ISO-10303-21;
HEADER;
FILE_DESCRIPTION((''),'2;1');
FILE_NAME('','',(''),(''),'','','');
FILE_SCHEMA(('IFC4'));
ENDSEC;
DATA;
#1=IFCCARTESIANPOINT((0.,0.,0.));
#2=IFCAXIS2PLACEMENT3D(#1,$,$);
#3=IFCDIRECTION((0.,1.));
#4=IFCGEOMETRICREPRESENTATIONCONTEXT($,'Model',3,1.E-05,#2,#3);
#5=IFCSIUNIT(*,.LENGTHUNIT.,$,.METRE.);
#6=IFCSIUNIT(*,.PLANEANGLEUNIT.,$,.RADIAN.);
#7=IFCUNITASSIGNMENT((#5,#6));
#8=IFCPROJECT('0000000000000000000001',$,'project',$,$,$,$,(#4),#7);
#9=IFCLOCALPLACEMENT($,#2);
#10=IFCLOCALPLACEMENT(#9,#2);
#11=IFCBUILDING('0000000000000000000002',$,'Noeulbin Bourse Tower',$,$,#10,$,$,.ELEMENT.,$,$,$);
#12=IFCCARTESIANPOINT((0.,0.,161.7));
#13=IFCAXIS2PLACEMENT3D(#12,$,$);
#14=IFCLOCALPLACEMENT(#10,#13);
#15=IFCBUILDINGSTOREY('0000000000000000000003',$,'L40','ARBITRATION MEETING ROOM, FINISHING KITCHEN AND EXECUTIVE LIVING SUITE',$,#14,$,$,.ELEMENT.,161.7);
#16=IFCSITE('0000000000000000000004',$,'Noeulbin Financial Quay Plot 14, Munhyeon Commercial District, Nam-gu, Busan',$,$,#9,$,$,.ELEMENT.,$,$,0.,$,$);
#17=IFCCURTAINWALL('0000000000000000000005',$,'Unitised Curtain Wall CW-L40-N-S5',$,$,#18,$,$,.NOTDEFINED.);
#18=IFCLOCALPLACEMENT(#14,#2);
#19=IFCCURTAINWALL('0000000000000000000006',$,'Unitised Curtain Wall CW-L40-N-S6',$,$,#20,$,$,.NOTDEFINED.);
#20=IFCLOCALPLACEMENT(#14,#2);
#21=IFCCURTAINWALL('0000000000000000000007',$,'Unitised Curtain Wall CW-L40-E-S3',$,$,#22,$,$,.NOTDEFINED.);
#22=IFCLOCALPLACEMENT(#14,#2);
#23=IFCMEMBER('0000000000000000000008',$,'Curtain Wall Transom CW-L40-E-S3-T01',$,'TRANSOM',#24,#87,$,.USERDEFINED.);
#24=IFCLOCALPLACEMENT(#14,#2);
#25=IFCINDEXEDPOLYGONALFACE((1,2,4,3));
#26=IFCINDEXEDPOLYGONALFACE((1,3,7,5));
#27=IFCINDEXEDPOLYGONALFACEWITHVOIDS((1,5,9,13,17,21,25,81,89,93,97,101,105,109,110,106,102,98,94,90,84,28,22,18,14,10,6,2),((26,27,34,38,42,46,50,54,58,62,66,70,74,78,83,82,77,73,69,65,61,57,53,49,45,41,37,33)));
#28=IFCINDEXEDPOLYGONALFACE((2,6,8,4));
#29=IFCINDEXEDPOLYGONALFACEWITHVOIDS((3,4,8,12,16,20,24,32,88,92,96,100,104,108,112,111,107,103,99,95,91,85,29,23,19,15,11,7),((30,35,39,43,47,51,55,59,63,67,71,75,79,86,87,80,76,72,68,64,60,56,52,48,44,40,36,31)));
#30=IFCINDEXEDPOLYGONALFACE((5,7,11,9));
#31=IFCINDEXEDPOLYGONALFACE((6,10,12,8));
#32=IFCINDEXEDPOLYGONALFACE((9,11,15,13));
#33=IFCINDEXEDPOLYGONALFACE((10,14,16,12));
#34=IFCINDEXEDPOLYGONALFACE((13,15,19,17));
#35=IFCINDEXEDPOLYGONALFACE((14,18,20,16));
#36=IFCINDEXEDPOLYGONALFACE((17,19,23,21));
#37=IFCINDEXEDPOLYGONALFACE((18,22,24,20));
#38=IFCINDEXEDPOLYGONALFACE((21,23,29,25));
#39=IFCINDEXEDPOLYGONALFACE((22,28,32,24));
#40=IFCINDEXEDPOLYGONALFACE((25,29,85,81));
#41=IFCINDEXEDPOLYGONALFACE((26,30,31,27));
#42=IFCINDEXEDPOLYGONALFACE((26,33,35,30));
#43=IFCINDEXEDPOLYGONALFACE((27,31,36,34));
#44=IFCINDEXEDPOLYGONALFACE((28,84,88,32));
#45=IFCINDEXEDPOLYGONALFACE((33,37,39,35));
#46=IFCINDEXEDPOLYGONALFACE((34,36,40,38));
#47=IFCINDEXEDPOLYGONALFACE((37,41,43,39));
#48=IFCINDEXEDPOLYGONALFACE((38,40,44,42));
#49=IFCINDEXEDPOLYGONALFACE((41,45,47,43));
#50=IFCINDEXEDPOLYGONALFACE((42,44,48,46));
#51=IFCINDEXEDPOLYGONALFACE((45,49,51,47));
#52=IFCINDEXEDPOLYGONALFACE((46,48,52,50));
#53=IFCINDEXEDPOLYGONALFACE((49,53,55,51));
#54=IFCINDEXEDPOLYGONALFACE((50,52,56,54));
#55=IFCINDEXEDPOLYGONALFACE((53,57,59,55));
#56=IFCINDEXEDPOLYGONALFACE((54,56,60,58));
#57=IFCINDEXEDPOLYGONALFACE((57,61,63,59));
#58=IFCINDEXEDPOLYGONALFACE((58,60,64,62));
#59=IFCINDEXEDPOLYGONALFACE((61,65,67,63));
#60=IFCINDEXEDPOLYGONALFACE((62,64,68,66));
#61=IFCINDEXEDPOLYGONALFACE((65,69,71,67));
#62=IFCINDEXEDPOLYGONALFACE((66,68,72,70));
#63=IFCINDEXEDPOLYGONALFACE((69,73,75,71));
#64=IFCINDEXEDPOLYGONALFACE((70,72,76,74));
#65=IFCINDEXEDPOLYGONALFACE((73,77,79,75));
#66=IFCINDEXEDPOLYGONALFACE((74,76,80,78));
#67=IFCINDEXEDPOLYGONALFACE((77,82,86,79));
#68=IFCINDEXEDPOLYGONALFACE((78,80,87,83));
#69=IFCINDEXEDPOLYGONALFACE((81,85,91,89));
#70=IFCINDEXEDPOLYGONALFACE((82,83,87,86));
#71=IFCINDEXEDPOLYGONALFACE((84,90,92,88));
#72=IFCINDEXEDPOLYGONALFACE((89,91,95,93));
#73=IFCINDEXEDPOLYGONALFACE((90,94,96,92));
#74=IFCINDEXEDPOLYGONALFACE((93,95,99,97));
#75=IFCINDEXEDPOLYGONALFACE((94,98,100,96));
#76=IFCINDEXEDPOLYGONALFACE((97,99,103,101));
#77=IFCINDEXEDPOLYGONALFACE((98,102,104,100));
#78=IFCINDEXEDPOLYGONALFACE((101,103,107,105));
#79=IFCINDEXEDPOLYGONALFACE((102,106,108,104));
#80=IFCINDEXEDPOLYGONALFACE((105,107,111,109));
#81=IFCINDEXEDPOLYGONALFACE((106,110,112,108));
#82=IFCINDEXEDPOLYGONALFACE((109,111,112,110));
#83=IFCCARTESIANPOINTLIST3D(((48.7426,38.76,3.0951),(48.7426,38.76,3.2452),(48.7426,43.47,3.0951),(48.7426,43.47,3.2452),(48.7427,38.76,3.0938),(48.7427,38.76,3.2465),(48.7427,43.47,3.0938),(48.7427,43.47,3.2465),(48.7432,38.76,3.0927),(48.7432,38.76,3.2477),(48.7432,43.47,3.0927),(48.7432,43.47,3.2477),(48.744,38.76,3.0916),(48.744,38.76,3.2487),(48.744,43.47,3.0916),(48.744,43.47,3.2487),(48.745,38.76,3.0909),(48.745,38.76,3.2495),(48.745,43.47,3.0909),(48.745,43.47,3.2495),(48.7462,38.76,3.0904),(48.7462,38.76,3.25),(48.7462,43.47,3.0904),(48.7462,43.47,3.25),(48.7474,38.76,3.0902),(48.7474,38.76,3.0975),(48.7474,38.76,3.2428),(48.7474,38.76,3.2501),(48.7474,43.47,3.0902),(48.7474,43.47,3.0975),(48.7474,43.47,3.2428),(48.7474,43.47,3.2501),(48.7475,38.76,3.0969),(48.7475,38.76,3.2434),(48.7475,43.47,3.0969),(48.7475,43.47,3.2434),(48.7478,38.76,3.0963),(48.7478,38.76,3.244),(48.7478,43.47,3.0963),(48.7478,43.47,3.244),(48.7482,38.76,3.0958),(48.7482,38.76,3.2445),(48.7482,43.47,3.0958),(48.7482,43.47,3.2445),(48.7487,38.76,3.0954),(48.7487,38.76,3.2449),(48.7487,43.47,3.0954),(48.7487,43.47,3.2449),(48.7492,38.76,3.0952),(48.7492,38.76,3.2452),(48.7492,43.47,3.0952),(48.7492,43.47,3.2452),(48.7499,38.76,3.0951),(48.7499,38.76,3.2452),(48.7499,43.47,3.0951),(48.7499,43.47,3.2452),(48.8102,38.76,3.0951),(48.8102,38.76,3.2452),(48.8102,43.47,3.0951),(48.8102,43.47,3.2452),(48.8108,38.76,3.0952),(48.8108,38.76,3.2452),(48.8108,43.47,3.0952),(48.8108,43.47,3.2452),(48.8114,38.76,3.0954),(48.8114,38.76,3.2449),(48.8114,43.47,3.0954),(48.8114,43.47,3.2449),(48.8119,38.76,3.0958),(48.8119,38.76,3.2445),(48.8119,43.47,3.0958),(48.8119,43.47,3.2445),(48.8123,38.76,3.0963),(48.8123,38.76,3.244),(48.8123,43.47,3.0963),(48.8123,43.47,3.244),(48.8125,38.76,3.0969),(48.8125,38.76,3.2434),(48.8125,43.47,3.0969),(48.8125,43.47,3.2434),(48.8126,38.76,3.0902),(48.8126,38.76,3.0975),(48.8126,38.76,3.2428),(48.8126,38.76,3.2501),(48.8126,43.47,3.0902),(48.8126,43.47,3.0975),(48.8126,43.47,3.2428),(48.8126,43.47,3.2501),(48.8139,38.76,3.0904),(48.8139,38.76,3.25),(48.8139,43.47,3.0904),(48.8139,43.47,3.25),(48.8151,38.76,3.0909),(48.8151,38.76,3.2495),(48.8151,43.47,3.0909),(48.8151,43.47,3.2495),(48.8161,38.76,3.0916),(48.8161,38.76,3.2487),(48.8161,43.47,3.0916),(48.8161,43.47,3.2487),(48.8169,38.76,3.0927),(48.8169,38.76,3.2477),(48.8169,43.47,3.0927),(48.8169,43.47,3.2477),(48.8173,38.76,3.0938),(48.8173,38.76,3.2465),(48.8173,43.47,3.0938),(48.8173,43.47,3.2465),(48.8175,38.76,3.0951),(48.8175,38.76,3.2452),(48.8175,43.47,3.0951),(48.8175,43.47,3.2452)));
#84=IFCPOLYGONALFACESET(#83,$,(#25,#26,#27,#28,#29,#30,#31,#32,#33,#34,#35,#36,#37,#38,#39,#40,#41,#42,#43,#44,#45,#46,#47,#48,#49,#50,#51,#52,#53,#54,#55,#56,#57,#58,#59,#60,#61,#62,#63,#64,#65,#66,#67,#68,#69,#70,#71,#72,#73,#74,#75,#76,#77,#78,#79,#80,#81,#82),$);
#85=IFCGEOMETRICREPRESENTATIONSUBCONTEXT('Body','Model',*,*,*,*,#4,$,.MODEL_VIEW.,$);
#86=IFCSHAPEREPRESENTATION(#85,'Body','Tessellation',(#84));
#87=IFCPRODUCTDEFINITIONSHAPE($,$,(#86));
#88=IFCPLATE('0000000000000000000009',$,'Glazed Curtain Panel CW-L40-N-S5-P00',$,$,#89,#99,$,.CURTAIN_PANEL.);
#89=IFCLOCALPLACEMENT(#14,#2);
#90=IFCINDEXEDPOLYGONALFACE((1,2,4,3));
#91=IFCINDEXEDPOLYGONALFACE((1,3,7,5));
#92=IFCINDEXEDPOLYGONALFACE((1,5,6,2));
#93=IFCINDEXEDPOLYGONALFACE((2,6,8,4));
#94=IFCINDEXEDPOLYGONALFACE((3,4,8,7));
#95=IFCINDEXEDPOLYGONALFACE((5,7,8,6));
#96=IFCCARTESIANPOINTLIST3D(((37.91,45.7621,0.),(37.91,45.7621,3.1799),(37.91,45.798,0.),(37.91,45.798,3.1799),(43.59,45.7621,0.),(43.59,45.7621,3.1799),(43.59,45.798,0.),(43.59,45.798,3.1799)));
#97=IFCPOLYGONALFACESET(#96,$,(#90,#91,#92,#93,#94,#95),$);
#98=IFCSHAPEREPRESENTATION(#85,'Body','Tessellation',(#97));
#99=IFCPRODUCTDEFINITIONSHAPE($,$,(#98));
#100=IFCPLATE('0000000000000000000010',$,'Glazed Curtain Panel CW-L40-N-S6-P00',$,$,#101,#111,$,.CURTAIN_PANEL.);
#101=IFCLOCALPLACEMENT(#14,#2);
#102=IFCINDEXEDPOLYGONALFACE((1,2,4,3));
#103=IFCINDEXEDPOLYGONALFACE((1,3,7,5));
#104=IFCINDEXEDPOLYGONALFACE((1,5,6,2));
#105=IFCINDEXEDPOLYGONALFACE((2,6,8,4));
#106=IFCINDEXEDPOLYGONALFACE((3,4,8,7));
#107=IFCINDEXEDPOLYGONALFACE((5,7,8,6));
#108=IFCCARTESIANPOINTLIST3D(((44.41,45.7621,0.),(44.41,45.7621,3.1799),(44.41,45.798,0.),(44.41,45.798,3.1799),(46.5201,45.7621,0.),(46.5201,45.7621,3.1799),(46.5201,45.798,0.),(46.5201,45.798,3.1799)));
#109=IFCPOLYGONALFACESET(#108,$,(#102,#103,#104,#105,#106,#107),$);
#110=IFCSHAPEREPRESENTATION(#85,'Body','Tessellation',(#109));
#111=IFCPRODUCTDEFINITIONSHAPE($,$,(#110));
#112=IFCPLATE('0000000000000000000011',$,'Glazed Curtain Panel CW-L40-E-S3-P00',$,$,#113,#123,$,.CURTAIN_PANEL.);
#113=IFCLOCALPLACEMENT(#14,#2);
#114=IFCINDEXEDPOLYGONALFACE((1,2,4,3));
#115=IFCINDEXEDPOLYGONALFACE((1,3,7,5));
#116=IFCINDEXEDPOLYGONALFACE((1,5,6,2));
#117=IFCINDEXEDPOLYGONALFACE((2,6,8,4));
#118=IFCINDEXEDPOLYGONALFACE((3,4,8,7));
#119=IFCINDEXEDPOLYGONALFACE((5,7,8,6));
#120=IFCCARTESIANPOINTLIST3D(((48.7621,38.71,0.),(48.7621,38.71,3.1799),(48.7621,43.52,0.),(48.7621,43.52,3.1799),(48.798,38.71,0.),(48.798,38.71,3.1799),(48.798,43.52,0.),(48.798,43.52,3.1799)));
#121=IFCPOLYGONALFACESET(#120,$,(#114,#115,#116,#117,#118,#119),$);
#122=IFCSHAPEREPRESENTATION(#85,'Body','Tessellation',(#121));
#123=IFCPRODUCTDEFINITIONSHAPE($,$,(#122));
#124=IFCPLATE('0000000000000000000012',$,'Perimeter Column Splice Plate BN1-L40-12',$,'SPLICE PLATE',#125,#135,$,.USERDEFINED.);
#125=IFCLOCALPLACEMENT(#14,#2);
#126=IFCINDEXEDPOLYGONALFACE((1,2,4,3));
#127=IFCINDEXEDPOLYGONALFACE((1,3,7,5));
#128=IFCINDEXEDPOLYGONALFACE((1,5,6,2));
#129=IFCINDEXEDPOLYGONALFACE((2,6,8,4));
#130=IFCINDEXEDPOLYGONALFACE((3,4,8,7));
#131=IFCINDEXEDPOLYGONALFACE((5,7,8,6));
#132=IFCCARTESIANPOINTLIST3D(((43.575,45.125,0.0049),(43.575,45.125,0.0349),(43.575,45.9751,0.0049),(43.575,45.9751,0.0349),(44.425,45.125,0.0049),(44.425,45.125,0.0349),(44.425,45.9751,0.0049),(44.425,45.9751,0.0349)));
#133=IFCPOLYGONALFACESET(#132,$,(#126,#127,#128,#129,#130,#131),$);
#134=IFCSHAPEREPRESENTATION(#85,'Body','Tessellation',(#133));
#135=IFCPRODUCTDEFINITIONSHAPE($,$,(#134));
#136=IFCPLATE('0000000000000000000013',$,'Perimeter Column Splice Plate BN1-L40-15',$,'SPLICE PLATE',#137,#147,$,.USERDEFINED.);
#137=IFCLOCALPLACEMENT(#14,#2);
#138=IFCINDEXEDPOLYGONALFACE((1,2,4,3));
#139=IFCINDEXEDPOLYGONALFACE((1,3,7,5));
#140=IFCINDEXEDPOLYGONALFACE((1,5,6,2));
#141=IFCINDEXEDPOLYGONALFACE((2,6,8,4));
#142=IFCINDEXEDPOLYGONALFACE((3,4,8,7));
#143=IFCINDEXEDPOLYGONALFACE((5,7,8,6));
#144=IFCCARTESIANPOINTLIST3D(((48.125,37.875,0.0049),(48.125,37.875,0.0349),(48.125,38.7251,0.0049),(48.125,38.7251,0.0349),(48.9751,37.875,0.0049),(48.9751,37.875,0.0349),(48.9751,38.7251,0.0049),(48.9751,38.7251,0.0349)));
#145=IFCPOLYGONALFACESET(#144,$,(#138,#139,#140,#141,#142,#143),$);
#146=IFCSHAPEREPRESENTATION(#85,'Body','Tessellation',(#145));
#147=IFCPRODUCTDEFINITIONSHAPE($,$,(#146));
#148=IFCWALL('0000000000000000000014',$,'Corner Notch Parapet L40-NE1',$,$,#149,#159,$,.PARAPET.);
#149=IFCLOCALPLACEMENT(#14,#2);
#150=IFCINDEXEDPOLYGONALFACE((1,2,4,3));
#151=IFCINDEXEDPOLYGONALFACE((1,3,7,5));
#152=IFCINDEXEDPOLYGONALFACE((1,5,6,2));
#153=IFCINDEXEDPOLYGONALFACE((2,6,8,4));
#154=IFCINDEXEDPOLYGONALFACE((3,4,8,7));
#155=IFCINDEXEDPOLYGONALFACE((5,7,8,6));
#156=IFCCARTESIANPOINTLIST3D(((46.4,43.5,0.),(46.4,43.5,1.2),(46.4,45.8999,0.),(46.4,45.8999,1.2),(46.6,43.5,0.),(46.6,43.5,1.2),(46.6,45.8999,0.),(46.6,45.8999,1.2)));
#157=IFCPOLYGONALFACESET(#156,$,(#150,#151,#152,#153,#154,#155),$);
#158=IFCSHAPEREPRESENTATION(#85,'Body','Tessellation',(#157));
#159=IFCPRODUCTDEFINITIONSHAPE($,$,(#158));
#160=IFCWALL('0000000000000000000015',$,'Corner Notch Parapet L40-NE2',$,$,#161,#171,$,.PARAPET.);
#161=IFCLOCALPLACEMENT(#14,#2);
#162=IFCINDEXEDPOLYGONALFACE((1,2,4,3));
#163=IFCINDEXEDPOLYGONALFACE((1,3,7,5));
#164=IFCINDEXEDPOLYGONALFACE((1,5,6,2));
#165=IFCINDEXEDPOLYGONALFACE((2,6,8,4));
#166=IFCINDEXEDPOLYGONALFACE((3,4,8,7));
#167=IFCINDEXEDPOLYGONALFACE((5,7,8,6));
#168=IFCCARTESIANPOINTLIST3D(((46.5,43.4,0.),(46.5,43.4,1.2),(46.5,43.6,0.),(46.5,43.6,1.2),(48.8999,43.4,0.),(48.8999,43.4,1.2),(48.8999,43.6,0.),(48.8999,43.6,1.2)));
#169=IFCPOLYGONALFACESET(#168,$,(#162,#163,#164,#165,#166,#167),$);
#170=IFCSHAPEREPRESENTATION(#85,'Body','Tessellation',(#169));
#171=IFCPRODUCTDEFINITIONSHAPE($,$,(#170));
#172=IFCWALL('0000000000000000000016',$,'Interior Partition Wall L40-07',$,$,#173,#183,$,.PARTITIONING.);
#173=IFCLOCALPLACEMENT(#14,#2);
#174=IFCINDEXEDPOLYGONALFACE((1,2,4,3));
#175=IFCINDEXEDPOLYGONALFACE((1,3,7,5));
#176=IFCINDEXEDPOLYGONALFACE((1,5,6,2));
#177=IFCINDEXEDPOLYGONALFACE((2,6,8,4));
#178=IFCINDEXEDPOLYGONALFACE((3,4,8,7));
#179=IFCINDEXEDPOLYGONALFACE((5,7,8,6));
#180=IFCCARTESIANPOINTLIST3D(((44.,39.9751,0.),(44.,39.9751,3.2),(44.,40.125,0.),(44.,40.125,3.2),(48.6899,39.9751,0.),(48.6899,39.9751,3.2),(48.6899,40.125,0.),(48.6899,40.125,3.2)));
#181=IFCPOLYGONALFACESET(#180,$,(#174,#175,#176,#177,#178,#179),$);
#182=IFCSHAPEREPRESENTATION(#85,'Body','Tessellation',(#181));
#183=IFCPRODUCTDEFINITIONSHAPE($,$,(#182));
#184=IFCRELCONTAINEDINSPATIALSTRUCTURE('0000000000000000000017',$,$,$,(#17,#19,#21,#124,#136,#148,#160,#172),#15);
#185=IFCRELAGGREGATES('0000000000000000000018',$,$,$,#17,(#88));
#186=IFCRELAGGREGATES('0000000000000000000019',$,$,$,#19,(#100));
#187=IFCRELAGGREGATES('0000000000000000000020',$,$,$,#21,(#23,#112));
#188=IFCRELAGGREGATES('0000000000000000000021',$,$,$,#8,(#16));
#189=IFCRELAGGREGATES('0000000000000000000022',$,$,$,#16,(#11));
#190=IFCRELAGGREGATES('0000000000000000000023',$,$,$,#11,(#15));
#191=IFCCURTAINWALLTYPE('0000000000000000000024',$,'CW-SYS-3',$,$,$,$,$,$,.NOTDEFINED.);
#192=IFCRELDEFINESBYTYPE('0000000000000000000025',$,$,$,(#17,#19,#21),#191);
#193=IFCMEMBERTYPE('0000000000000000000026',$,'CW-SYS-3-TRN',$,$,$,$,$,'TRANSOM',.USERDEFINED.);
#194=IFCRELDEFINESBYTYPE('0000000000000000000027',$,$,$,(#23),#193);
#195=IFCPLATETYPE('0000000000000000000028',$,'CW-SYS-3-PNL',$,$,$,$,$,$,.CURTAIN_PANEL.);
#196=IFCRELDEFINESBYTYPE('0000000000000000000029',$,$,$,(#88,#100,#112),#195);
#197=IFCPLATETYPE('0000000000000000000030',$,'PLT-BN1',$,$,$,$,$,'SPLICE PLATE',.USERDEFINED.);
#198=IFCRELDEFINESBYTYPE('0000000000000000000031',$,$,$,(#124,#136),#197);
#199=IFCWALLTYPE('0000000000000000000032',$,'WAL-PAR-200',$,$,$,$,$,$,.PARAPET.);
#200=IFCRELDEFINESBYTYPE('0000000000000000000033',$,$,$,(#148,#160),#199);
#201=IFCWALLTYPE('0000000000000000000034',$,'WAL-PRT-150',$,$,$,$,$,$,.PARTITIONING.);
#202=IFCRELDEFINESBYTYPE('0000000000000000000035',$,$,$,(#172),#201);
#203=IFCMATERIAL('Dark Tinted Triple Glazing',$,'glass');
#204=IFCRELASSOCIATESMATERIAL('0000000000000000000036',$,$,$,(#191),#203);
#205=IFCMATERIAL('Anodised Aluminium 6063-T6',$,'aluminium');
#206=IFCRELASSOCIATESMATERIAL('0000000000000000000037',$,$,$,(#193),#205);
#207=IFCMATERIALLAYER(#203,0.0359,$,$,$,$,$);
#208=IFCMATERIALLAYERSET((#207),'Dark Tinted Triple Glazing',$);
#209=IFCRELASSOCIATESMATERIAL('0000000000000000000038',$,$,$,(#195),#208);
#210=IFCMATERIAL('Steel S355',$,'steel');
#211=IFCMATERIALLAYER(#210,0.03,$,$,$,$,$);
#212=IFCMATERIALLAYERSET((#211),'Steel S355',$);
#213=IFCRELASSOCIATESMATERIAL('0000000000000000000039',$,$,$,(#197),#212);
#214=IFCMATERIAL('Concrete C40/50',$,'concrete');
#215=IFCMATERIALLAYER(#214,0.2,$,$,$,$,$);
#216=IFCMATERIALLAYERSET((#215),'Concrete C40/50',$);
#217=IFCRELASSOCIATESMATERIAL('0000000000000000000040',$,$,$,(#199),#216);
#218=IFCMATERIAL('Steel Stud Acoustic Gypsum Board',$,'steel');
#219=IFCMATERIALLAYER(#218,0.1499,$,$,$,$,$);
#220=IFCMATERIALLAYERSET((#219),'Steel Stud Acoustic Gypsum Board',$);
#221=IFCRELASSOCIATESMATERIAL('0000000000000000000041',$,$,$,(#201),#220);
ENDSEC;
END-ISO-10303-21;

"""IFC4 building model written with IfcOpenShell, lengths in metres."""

from ifc_helpers import new_model, si_unit, direction, frame, frame_2d, origin, origin_2d, place, context, subcontext, project, spatial, rectangle, hollow_rectangle, extrude, material, layer, layer_set, material_profile, profile_set, type_object, element, aggregate, save


model = new_model("IFC4")

# Units and contexts
model_context = context("Model", 3, precision=1e-05, world=origin(), true_north=direction((0.0, 1.0)))
body_context = subcontext(model_context, "Body", "Model", "MODEL_VIEW")
ifc_project = project(units=[si_unit("LENGTHUNIT", "METRE"), si_unit("PLANEANGLEUNIT", "RADIAN")], contexts=[model_context])

# Site, building, storey
site_placement = place(None, origin())
site = spatial("IfcSite", under=ifc_project, at=site_placement, Name="Noeulbin Financial Quay Plot 14, Munhyeon Commercial District, Nam-gu, Busan", CompositionType="ELEMENT", RefElevation=0.0)
building_placement = place(site_placement, origin())
building = spatial("IfcBuilding", under=site, at=building_placement, Name="Noeulbin Bourse Tower", CompositionType="ELEMENT")
storey_placement = place(building_placement, frame((0.0, 0.0, 161.7)))
storey = spatial("IfcBuildingStorey", under=building, at=storey_placement, Name="L40", Description="ARBITRATION MEETING ROOM, FINISHING KITCHEN AND EXECUTIVE LIVING SUITE", CompositionType="ELEMENT", Elevation=161.7)

# Shared definitions
ifc_material_1 = material(Name="Steel S355", Category="steel")

# Curtain wall
ifc_material_2 = material(Name="Dark Tinted Triple Glazing", Category="glass")
curtain_wall_type = type_object("IfcCurtainWallType", Name="CW-SYS-3", PredefinedType="NOTDEFINED", material=ifc_material_2)
curtain_wall_1_placement = place(storey_placement, origin())
curtain_wall_1 = element("IfcCurtainWall", 1, at=curtain_wall_1_placement, inside=storey, type_object=curtain_wall_type, Name="Unitised Curtain Wall CW-L40-N-S5", PredefinedType="NOTDEFINED")
ifc_material_3 = material(Name="Anodised Aluminium 6063-T6", Category="aluminium")

# Curtain walls
curtain_wall_2_placement = place(storey_placement, origin())
curtain_wall_2 = element("IfcCurtainWall", 2, at=curtain_wall_2_placement, inside=storey, type_object=curtain_wall_type, Name="Unitised Curtain Wall CW-L40-N-S6", PredefinedType="NOTDEFINED")
curtain_wall_3_placement = place(storey_placement, origin())
curtain_wall_3 = element("IfcCurtainWall", 3, at=curtain_wall_3_placement, inside=storey, type_object=curtain_wall_type, Name="Unitised Curtain Wall CW-L40-E-S3", PredefinedType="NOTDEFINED")

# Member
ifc_material_profile_1 = material_profile(ifc_material_3, hollow_rectangle(XDim=0.075, YDim=0.1599, WallThickness=0.0049, InnerFilletRadius=0.0024, OuterFilletRadius=0.0049, at=origin_2d()), Name="ALU-TRAN-75x160x5", Category="LoadBearing")
ifc_profile_set_1 = profile_set([ifc_material_profile_1], Name="Anodised Aluminium 6063-T6")
member_type_1 = type_object("IfcMemberType", Name="CW-SYS-3-TRN", ElementType="TRANSOM", PredefinedType="USERDEFINED", material=ifc_profile_set_1)
member_1_placement = place(storey_placement, frame((48.78, 38.76, 3.1702), z_axis=(0.0, 1.0, 0.0), x_axis=(-1.0, 0.0, 0.0)))
member_1 = element("IfcMember", 4, at=member_1_placement, type_object=member_type_1, Name="Curtain Wall Transom CW-L40-E-S3-T01", ObjectType="TRANSOM", PredefinedType="USERDEFINED", context=body_context, shape_type="SweptSolid", body=[
    extrude(hollow_rectangle(XDim=0.075, YDim=0.1599, WallThickness=0.0049, InnerFilletRadius=0.0024, OuterFilletRadius=0.0049, at=origin_2d()), origin(), (0.0, 0.0, 1.0), 4.71),
])

# Plates
ifc_layer_1 = layer(ifc_material_2, 0.0359)
ifc_layer_set_1 = layer_set([ifc_layer_1], Name="Dark Tinted Triple Glazing")
plate_type_1 = type_object("IfcPlateType", Name="CW-SYS-3-PNL", PredefinedType="CURTAIN_PANEL", material=ifc_layer_set_1)
plate_1_placement = place(storey_placement, frame((40.75, 45.78, 0.0), z_axis=(0.0, 0.0, 1.0), x_axis=(1.0, 0.0, 0.0)))
plate_1 = element("IfcPlate", 5, at=plate_1_placement, type_object=plate_type_1, Name="Glazed Curtain Panel CW-L40-N-S5-P00", PredefinedType="CURTAIN_PANEL", context=body_context, shape_type="SweptSolid", body=[
    extrude(rectangle(XDim=5.6799, YDim=0.0359, at=origin_2d()), origin(), (0.0, 0.0, 1.0), 3.1799),
])
aggregate(curtain_wall_1, [plate_1])
plate_2_placement = place(storey_placement, frame((45.4651, 45.78, 0.0), z_axis=(0.0, 0.0, 1.0), x_axis=(1.0, 0.0, 0.0)))
plate_2 = element("IfcPlate", 6, at=plate_2_placement, type_object=plate_type_1, Name="Glazed Curtain Panel CW-L40-N-S6-P00", PredefinedType="CURTAIN_PANEL", context=body_context, shape_type="SweptSolid", body=[
    extrude(rectangle(XDim=2.1101, YDim=0.0359, at=origin_2d()), origin(), (0.0, 0.0, 1.0), 3.1799),
])
aggregate(curtain_wall_2, [plate_2])
plate_3_placement = place(storey_placement, frame((48.78, 41.115, 0.0), z_axis=(0.0, 0.0, 1.0), x_axis=(0.0, 1.0, 0.0)))
plate_3 = element("IfcPlate", 7, at=plate_3_placement, type_object=plate_type_1, Name="Glazed Curtain Panel CW-L40-E-S3-P00", PredefinedType="CURTAIN_PANEL", context=body_context, shape_type="SweptSolid", body=[
    extrude(rectangle(XDim=4.8101, YDim=0.0359, at=origin_2d()), origin(), (0.0, 0.0, 1.0), 3.1799),
])
aggregate(curtain_wall_3, [member_1, plate_3])

# Plates
ifc_layer_2 = layer(ifc_material_1, 0.03)
ifc_layer_set_2 = layer_set([ifc_layer_2], Name="Steel S355")
plate_type_2 = type_object("IfcPlateType", Name="PLT-BN1", ElementType="SPLICE PLATE", PredefinedType="USERDEFINED", material=ifc_layer_set_2)
for number, where, z_axis, x_axis, name in (
    (8, (44.0, 45.55, 0.0049), (0.0, 0.0, 1.0), (1.0, 0.0, 0.0), "Perimeter Column Splice Plate BN1-L40-12"),
    (9, (48.55, 38.3, 0.0049), (0.0, 0.0, 1.0), (1.0, 0.0, 0.0), "Perimeter Column Splice Plate BN1-L40-15"),
):
    element("IfcPlate", number, at=place(storey_placement, frame(where, z_axis=z_axis, x_axis=x_axis)), inside=storey, type_object=plate_type_2, Name=name, ObjectType="SPLICE PLATE", PredefinedType="USERDEFINED", context=body_context, shape_type="SweptSolid", body=[
        extrude(rectangle(XDim=0.8501, YDim=0.8501, at=origin_2d()), origin(), (0.0, 0.0, 1.0), 0.03),
    ])

# Walls
ifc_material_4 = material(Name="Concrete C40/50", Category="concrete")
ifc_layer_3 = layer(ifc_material_4, 0.2)
ifc_layer_set_3 = layer_set([ifc_layer_3], Name="Concrete C40/50")
wall_type_1 = type_object("IfcWallType", Name="WAL-PAR-200", PredefinedType="PARAPET", material=ifc_layer_set_3)
for number, where, z_axis, x_axis, name in (
    (10, (46.5, 45.8999, 0.0), (0.0, 0.0, 1.0), (0.0, -1.0, 0.0), "Corner Notch Parapet L40-NE1"),
    (11, (46.5, 43.5, 0.0), (0.0, 0.0, 1.0), (1.0, 0.0, 0.0), "Corner Notch Parapet L40-NE2"),
):
    element("IfcWall", number, at=place(storey_placement, frame(where, z_axis=z_axis, x_axis=x_axis)), inside=storey, type_object=wall_type_1, Name=name, PredefinedType="PARAPET", context=body_context, shape_type="SweptSolid", body=[
        extrude(rectangle(XDim=2.3999, YDim=0.2, at=frame_2d((1.2, 0.0))), origin(), (0.0, 0.0, 1.0), 1.2),
    ])
ifc_material_5 = material(Name="Steel Stud Acoustic Gypsum Board", Category="steel")
ifc_layer_4 = layer(ifc_material_5, 0.1499)
ifc_layer_set_4 = layer_set([ifc_layer_4], Name="Steel Stud Acoustic Gypsum Board")
wall_type_2 = type_object("IfcWallType", Name="WAL-PRT-150", PredefinedType="PARTITIONING", material=ifc_layer_set_4)
wall_placement = place(storey_placement, frame((44.0, 40.05, 0.0), z_axis=(0.0, 0.0, 1.0), x_axis=(1.0, 0.0, 0.0)))
element("IfcWall", 12, at=wall_placement, inside=storey, type_object=wall_type_2, Name="Interior Partition Wall L40-07", PredefinedType="PARTITIONING", context=body_context, shape_type="SweptSolid", body=[
    extrude(rectangle(XDim=4.6899, YDim=0.1499, at=frame_2d((2.345, 0.0))), origin(), (0.0, 0.0, 1.0), 3.2),
])

save(model, "model.ifc")
